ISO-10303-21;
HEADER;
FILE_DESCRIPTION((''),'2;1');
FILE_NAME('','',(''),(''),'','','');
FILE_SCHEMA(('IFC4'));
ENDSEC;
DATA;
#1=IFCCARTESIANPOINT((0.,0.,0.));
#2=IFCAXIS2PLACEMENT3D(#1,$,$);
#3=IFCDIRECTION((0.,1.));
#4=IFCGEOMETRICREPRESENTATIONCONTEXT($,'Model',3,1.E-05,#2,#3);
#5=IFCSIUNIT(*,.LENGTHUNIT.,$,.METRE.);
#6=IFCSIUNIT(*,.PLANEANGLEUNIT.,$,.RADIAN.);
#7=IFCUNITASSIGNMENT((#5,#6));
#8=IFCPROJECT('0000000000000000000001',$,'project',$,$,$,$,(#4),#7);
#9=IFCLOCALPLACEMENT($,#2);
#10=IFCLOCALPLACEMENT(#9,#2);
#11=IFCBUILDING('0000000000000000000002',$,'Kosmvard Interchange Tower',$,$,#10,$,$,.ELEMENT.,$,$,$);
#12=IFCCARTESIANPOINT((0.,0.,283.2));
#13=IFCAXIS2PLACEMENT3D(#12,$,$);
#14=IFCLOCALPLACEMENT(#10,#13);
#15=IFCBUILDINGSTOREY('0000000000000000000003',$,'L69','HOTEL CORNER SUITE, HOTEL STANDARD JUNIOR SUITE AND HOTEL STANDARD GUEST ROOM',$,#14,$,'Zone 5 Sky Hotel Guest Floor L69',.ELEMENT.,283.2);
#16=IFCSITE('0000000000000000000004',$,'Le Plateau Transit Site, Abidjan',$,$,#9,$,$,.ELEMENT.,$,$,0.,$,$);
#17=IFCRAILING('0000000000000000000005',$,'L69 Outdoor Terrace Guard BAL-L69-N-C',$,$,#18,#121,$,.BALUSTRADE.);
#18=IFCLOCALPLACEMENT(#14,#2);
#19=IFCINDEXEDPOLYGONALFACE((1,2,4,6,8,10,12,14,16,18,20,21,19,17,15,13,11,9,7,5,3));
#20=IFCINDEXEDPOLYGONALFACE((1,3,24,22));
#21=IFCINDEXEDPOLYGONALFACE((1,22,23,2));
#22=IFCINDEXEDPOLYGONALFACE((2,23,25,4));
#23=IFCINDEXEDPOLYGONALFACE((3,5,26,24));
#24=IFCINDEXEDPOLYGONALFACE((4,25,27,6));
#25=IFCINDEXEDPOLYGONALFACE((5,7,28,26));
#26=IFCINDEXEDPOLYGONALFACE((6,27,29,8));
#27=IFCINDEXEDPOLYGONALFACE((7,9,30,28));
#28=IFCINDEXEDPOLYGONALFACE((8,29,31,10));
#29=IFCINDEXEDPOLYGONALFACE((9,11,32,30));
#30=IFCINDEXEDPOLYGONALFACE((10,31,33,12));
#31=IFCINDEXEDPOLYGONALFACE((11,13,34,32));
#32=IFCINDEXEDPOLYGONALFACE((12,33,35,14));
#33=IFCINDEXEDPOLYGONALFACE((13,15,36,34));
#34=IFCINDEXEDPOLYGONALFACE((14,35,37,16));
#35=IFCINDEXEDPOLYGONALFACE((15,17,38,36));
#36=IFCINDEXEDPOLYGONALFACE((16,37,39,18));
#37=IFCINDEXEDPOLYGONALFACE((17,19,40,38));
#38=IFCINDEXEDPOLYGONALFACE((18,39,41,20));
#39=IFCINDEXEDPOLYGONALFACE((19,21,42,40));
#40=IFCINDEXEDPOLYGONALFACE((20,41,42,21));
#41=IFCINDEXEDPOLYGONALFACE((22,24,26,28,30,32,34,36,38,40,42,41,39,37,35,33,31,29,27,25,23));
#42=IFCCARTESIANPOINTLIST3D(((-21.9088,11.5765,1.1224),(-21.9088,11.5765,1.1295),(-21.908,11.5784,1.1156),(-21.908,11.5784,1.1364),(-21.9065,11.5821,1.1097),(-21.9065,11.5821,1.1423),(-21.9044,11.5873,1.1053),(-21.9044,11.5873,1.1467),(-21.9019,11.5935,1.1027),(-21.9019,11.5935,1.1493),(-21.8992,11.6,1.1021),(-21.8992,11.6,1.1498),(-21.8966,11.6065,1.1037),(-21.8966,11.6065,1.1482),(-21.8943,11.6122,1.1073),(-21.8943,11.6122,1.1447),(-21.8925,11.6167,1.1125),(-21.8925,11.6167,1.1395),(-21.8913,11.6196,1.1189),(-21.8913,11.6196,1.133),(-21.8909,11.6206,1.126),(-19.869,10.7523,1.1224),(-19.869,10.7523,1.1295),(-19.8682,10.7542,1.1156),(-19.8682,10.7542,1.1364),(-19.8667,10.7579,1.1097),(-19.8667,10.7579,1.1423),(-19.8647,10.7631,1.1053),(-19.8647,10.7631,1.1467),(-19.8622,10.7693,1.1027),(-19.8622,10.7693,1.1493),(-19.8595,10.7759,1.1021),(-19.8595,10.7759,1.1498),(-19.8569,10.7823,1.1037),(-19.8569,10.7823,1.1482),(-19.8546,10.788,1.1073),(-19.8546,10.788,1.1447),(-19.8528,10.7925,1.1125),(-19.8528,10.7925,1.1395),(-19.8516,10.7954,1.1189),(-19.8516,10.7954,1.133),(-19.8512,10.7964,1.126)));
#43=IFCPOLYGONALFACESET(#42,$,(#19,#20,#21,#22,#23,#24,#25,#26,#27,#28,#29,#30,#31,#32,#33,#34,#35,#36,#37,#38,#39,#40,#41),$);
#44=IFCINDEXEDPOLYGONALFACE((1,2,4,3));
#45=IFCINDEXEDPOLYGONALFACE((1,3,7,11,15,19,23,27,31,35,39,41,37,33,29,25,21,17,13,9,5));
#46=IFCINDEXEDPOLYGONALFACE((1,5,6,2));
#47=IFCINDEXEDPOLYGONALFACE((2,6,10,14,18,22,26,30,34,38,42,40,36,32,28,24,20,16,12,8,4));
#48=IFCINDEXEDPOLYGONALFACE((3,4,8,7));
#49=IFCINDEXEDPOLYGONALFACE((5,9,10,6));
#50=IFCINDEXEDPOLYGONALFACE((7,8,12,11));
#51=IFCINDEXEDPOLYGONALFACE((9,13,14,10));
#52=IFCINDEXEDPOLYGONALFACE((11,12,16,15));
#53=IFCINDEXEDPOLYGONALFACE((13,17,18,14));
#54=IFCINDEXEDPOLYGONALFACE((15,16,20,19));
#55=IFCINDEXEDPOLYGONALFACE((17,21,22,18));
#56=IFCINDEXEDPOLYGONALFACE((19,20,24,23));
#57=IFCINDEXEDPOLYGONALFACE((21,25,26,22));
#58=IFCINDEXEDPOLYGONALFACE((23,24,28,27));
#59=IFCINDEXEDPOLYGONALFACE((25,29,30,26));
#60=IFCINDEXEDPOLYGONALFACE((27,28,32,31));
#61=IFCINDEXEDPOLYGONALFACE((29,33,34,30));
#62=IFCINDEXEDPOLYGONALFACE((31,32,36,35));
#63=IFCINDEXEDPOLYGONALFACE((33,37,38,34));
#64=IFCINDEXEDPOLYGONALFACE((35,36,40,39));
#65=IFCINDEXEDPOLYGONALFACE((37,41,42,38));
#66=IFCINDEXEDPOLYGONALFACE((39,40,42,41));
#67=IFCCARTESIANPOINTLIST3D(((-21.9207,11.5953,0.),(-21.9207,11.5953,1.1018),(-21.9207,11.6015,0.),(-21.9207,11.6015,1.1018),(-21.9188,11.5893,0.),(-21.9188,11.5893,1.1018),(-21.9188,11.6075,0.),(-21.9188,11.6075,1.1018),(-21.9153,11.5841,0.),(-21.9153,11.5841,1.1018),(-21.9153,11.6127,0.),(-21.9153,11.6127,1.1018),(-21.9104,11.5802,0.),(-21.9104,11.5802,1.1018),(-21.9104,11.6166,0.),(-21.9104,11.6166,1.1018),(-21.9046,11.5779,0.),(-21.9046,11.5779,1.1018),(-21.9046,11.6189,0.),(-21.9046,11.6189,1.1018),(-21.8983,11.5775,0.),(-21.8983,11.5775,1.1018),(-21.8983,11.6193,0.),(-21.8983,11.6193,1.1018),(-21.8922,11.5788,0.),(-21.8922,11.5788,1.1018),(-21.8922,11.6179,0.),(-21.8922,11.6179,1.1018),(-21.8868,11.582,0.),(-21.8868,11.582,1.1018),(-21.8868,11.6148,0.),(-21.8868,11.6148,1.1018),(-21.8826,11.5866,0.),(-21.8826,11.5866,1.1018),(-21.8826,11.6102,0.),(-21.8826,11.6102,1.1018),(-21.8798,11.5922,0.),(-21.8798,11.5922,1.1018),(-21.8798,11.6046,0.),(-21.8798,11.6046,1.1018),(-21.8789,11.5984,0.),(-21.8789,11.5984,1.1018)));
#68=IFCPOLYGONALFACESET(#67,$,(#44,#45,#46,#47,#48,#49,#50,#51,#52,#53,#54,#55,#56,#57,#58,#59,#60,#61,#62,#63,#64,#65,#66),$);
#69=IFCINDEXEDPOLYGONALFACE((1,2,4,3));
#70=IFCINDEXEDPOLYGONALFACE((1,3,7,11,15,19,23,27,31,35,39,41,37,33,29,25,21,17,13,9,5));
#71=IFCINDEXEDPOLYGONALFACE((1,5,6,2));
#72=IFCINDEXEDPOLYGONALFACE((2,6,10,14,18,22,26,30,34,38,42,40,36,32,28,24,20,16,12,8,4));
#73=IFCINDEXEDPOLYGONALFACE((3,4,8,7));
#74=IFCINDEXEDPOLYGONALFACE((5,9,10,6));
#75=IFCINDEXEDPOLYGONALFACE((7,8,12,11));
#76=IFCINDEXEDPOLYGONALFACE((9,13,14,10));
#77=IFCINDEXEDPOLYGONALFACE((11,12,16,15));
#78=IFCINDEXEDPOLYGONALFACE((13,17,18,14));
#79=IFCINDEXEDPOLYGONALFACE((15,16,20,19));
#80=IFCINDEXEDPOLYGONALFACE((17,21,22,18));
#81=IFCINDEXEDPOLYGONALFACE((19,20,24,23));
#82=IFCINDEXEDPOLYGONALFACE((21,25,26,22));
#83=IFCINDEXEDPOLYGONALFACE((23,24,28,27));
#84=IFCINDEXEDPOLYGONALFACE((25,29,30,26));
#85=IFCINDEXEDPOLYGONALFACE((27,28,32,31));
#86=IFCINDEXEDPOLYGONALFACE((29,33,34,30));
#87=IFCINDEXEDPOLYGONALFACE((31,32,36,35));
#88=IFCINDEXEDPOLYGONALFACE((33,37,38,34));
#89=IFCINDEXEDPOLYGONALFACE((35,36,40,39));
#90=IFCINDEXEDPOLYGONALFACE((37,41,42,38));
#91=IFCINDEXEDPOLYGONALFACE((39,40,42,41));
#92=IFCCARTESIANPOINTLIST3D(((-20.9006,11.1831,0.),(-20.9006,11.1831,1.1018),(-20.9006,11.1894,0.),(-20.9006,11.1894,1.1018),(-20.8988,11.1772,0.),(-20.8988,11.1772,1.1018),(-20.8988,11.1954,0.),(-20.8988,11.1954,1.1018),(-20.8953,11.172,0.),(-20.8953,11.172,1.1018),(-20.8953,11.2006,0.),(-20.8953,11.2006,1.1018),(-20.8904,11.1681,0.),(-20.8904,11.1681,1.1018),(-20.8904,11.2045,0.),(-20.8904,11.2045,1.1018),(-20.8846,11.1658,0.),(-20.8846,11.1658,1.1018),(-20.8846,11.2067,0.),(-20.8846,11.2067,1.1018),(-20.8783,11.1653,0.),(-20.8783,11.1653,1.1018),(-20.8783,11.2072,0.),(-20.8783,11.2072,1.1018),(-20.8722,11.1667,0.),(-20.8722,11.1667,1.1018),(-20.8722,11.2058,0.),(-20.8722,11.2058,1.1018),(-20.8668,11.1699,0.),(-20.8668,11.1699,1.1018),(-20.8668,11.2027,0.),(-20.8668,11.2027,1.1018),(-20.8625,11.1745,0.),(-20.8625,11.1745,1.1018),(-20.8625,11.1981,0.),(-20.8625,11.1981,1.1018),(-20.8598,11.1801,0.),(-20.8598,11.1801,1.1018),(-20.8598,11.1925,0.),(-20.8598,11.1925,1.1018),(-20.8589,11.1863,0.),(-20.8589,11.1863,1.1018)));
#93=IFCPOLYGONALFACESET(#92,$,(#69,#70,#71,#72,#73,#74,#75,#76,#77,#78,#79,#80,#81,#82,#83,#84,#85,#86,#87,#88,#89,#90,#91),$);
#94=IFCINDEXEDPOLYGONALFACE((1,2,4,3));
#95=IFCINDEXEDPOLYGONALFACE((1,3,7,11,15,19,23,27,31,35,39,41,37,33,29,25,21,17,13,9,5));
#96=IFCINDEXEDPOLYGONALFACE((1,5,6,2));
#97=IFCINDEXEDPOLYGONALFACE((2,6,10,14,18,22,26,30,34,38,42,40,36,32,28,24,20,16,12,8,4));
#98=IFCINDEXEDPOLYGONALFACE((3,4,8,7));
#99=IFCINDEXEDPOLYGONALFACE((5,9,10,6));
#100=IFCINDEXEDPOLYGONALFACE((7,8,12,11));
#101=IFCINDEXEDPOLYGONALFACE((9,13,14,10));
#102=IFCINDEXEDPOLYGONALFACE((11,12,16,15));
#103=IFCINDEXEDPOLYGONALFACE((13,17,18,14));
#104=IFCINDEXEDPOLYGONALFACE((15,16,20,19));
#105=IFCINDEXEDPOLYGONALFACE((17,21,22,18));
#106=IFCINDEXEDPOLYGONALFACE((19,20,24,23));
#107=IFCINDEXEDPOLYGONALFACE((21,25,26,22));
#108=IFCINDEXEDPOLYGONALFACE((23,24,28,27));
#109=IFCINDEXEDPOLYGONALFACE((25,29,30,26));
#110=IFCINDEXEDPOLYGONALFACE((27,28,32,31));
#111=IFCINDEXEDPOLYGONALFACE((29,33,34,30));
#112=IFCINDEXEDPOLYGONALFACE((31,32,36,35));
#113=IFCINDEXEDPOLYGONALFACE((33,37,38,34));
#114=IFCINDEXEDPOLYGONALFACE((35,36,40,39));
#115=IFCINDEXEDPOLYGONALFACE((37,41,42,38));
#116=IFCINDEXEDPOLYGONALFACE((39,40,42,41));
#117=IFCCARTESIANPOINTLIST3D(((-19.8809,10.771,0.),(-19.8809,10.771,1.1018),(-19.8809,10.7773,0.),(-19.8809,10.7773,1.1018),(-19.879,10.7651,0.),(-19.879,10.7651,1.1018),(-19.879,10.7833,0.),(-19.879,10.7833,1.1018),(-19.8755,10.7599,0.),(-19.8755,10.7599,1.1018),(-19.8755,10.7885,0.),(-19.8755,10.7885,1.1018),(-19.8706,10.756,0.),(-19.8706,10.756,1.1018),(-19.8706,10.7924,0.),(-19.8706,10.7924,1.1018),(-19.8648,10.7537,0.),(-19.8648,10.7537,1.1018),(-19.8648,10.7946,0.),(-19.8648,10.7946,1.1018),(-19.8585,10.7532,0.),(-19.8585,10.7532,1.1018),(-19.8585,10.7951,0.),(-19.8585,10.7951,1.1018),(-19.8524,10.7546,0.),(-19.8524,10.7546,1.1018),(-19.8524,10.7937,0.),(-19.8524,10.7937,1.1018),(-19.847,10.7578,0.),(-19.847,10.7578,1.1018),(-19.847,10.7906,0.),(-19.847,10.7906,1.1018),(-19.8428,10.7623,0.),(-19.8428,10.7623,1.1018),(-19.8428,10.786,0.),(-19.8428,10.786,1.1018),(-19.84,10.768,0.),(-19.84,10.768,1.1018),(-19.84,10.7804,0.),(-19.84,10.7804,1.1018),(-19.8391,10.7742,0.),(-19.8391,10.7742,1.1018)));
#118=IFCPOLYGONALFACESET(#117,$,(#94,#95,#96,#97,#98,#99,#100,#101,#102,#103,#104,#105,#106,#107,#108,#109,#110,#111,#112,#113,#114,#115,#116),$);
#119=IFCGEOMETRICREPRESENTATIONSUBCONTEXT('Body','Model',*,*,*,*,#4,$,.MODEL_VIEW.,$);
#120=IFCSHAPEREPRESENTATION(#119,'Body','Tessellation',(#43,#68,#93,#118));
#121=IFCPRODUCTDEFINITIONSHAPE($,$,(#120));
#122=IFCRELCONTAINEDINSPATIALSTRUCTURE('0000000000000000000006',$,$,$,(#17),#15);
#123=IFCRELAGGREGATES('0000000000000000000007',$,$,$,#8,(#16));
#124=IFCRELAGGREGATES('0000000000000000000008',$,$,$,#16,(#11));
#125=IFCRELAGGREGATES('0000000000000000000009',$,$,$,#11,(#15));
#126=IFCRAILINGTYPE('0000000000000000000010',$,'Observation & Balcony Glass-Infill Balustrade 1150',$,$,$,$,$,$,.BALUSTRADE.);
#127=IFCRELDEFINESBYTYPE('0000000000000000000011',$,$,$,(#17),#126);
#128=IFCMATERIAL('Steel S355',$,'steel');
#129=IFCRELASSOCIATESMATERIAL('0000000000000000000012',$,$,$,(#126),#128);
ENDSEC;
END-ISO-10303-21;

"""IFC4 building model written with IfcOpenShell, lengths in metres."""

from ifc_helpers import new_model, si_unit, direction, frame, origin, origin_2d, place, context, subcontext, project, spatial, circle, extrude, source, transform, mapped, material, type_object, element, save


model = new_model("IFC4")

# Units and contexts
model_context = context("Model", 3, precision=1e-05, world=origin(), true_north=direction((0.0, 1.0)))
body_context = subcontext(model_context, "Body", "Model", "MODEL_VIEW")
ifc_project = project(units=[si_unit("LENGTHUNIT", "METRE"), si_unit("PLANEANGLEUNIT", "RADIAN")], contexts=[model_context])

# Site, building, storey
site_placement = place(None, origin())
site = spatial("IfcSite", under=ifc_project, at=site_placement, Name="Le Plateau Transit Site, Abidjan", CompositionType="ELEMENT", RefElevation=0.0)
building_placement = place(site_placement, origin())
building = spatial("IfcBuilding", under=site, at=building_placement, Name="Kosmvard Interchange Tower", CompositionType="ELEMENT")
storey_placement = place(building_placement, frame((0.0, 0.0, 283.2)))
storey = spatial("IfcBuildingStorey", under=building, at=storey_placement, Name="L69", Description="HOTEL CORNER SUITE, HOTEL STANDARD JUNIOR SUITE AND HOTEL STANDARD GUEST ROOM", LongName="Zone 5 Sky Hotel Guest Floor L69", CompositionType="ELEMENT", Elevation=283.2)

# Shared definitions
ifc_material_1 = material(Name="Steel S355", Category="steel")

# Railing
railing_type = type_object("IfcRailingType", Name="Observation & Balcony Glass-Infill Balustrade 1150", PredefinedType="BALUSTRADE", material=ifc_material_1)
shared_shape_1 = source(origin(), body_context, "Body", "SweptSolid", [
    extrude(circle(Radius=0.0239, at=origin_2d()), frame((0.0, 0.0, 1.126), z_axis=(0.92717, -0.374641, 0.0), x_axis=(0.374641, 0.92717, 0.0)), (0.0, 0.0, 1.0), 2.2),
    extrude(circle(Radius=0.021, at=origin_2d()), origin(), (0.0, 0.0, 1.0), 1.1018),
    extrude(circle(Radius=0.021, at=origin_2d()), frame((1.02, -0.4121, 0.0)), (0.0, 0.0, 1.0), 1.1018),
    extrude(circle(Radius=0.021, at=origin_2d()), frame((2.0398, -0.8242, 0.0)), (0.0, 0.0, 1.0), 1.1018),
])
railing_placement = place(storey_placement, frame((-21.8999, 11.5984, 0.0)))
element("IfcRailing", 1, at=railing_placement, inside=storey, type_object=railing_type, Name="L69 Outdoor Terrace Guard BAL-L69-N-C", PredefinedType="BALUSTRADE", context=body_context, shape_type="MappedRepresentation", body=[
    mapped(shared_shape_1, transform((0.0, 0.0, 0.0), scale=1.0)),
])

save(model, "model.ifc")
